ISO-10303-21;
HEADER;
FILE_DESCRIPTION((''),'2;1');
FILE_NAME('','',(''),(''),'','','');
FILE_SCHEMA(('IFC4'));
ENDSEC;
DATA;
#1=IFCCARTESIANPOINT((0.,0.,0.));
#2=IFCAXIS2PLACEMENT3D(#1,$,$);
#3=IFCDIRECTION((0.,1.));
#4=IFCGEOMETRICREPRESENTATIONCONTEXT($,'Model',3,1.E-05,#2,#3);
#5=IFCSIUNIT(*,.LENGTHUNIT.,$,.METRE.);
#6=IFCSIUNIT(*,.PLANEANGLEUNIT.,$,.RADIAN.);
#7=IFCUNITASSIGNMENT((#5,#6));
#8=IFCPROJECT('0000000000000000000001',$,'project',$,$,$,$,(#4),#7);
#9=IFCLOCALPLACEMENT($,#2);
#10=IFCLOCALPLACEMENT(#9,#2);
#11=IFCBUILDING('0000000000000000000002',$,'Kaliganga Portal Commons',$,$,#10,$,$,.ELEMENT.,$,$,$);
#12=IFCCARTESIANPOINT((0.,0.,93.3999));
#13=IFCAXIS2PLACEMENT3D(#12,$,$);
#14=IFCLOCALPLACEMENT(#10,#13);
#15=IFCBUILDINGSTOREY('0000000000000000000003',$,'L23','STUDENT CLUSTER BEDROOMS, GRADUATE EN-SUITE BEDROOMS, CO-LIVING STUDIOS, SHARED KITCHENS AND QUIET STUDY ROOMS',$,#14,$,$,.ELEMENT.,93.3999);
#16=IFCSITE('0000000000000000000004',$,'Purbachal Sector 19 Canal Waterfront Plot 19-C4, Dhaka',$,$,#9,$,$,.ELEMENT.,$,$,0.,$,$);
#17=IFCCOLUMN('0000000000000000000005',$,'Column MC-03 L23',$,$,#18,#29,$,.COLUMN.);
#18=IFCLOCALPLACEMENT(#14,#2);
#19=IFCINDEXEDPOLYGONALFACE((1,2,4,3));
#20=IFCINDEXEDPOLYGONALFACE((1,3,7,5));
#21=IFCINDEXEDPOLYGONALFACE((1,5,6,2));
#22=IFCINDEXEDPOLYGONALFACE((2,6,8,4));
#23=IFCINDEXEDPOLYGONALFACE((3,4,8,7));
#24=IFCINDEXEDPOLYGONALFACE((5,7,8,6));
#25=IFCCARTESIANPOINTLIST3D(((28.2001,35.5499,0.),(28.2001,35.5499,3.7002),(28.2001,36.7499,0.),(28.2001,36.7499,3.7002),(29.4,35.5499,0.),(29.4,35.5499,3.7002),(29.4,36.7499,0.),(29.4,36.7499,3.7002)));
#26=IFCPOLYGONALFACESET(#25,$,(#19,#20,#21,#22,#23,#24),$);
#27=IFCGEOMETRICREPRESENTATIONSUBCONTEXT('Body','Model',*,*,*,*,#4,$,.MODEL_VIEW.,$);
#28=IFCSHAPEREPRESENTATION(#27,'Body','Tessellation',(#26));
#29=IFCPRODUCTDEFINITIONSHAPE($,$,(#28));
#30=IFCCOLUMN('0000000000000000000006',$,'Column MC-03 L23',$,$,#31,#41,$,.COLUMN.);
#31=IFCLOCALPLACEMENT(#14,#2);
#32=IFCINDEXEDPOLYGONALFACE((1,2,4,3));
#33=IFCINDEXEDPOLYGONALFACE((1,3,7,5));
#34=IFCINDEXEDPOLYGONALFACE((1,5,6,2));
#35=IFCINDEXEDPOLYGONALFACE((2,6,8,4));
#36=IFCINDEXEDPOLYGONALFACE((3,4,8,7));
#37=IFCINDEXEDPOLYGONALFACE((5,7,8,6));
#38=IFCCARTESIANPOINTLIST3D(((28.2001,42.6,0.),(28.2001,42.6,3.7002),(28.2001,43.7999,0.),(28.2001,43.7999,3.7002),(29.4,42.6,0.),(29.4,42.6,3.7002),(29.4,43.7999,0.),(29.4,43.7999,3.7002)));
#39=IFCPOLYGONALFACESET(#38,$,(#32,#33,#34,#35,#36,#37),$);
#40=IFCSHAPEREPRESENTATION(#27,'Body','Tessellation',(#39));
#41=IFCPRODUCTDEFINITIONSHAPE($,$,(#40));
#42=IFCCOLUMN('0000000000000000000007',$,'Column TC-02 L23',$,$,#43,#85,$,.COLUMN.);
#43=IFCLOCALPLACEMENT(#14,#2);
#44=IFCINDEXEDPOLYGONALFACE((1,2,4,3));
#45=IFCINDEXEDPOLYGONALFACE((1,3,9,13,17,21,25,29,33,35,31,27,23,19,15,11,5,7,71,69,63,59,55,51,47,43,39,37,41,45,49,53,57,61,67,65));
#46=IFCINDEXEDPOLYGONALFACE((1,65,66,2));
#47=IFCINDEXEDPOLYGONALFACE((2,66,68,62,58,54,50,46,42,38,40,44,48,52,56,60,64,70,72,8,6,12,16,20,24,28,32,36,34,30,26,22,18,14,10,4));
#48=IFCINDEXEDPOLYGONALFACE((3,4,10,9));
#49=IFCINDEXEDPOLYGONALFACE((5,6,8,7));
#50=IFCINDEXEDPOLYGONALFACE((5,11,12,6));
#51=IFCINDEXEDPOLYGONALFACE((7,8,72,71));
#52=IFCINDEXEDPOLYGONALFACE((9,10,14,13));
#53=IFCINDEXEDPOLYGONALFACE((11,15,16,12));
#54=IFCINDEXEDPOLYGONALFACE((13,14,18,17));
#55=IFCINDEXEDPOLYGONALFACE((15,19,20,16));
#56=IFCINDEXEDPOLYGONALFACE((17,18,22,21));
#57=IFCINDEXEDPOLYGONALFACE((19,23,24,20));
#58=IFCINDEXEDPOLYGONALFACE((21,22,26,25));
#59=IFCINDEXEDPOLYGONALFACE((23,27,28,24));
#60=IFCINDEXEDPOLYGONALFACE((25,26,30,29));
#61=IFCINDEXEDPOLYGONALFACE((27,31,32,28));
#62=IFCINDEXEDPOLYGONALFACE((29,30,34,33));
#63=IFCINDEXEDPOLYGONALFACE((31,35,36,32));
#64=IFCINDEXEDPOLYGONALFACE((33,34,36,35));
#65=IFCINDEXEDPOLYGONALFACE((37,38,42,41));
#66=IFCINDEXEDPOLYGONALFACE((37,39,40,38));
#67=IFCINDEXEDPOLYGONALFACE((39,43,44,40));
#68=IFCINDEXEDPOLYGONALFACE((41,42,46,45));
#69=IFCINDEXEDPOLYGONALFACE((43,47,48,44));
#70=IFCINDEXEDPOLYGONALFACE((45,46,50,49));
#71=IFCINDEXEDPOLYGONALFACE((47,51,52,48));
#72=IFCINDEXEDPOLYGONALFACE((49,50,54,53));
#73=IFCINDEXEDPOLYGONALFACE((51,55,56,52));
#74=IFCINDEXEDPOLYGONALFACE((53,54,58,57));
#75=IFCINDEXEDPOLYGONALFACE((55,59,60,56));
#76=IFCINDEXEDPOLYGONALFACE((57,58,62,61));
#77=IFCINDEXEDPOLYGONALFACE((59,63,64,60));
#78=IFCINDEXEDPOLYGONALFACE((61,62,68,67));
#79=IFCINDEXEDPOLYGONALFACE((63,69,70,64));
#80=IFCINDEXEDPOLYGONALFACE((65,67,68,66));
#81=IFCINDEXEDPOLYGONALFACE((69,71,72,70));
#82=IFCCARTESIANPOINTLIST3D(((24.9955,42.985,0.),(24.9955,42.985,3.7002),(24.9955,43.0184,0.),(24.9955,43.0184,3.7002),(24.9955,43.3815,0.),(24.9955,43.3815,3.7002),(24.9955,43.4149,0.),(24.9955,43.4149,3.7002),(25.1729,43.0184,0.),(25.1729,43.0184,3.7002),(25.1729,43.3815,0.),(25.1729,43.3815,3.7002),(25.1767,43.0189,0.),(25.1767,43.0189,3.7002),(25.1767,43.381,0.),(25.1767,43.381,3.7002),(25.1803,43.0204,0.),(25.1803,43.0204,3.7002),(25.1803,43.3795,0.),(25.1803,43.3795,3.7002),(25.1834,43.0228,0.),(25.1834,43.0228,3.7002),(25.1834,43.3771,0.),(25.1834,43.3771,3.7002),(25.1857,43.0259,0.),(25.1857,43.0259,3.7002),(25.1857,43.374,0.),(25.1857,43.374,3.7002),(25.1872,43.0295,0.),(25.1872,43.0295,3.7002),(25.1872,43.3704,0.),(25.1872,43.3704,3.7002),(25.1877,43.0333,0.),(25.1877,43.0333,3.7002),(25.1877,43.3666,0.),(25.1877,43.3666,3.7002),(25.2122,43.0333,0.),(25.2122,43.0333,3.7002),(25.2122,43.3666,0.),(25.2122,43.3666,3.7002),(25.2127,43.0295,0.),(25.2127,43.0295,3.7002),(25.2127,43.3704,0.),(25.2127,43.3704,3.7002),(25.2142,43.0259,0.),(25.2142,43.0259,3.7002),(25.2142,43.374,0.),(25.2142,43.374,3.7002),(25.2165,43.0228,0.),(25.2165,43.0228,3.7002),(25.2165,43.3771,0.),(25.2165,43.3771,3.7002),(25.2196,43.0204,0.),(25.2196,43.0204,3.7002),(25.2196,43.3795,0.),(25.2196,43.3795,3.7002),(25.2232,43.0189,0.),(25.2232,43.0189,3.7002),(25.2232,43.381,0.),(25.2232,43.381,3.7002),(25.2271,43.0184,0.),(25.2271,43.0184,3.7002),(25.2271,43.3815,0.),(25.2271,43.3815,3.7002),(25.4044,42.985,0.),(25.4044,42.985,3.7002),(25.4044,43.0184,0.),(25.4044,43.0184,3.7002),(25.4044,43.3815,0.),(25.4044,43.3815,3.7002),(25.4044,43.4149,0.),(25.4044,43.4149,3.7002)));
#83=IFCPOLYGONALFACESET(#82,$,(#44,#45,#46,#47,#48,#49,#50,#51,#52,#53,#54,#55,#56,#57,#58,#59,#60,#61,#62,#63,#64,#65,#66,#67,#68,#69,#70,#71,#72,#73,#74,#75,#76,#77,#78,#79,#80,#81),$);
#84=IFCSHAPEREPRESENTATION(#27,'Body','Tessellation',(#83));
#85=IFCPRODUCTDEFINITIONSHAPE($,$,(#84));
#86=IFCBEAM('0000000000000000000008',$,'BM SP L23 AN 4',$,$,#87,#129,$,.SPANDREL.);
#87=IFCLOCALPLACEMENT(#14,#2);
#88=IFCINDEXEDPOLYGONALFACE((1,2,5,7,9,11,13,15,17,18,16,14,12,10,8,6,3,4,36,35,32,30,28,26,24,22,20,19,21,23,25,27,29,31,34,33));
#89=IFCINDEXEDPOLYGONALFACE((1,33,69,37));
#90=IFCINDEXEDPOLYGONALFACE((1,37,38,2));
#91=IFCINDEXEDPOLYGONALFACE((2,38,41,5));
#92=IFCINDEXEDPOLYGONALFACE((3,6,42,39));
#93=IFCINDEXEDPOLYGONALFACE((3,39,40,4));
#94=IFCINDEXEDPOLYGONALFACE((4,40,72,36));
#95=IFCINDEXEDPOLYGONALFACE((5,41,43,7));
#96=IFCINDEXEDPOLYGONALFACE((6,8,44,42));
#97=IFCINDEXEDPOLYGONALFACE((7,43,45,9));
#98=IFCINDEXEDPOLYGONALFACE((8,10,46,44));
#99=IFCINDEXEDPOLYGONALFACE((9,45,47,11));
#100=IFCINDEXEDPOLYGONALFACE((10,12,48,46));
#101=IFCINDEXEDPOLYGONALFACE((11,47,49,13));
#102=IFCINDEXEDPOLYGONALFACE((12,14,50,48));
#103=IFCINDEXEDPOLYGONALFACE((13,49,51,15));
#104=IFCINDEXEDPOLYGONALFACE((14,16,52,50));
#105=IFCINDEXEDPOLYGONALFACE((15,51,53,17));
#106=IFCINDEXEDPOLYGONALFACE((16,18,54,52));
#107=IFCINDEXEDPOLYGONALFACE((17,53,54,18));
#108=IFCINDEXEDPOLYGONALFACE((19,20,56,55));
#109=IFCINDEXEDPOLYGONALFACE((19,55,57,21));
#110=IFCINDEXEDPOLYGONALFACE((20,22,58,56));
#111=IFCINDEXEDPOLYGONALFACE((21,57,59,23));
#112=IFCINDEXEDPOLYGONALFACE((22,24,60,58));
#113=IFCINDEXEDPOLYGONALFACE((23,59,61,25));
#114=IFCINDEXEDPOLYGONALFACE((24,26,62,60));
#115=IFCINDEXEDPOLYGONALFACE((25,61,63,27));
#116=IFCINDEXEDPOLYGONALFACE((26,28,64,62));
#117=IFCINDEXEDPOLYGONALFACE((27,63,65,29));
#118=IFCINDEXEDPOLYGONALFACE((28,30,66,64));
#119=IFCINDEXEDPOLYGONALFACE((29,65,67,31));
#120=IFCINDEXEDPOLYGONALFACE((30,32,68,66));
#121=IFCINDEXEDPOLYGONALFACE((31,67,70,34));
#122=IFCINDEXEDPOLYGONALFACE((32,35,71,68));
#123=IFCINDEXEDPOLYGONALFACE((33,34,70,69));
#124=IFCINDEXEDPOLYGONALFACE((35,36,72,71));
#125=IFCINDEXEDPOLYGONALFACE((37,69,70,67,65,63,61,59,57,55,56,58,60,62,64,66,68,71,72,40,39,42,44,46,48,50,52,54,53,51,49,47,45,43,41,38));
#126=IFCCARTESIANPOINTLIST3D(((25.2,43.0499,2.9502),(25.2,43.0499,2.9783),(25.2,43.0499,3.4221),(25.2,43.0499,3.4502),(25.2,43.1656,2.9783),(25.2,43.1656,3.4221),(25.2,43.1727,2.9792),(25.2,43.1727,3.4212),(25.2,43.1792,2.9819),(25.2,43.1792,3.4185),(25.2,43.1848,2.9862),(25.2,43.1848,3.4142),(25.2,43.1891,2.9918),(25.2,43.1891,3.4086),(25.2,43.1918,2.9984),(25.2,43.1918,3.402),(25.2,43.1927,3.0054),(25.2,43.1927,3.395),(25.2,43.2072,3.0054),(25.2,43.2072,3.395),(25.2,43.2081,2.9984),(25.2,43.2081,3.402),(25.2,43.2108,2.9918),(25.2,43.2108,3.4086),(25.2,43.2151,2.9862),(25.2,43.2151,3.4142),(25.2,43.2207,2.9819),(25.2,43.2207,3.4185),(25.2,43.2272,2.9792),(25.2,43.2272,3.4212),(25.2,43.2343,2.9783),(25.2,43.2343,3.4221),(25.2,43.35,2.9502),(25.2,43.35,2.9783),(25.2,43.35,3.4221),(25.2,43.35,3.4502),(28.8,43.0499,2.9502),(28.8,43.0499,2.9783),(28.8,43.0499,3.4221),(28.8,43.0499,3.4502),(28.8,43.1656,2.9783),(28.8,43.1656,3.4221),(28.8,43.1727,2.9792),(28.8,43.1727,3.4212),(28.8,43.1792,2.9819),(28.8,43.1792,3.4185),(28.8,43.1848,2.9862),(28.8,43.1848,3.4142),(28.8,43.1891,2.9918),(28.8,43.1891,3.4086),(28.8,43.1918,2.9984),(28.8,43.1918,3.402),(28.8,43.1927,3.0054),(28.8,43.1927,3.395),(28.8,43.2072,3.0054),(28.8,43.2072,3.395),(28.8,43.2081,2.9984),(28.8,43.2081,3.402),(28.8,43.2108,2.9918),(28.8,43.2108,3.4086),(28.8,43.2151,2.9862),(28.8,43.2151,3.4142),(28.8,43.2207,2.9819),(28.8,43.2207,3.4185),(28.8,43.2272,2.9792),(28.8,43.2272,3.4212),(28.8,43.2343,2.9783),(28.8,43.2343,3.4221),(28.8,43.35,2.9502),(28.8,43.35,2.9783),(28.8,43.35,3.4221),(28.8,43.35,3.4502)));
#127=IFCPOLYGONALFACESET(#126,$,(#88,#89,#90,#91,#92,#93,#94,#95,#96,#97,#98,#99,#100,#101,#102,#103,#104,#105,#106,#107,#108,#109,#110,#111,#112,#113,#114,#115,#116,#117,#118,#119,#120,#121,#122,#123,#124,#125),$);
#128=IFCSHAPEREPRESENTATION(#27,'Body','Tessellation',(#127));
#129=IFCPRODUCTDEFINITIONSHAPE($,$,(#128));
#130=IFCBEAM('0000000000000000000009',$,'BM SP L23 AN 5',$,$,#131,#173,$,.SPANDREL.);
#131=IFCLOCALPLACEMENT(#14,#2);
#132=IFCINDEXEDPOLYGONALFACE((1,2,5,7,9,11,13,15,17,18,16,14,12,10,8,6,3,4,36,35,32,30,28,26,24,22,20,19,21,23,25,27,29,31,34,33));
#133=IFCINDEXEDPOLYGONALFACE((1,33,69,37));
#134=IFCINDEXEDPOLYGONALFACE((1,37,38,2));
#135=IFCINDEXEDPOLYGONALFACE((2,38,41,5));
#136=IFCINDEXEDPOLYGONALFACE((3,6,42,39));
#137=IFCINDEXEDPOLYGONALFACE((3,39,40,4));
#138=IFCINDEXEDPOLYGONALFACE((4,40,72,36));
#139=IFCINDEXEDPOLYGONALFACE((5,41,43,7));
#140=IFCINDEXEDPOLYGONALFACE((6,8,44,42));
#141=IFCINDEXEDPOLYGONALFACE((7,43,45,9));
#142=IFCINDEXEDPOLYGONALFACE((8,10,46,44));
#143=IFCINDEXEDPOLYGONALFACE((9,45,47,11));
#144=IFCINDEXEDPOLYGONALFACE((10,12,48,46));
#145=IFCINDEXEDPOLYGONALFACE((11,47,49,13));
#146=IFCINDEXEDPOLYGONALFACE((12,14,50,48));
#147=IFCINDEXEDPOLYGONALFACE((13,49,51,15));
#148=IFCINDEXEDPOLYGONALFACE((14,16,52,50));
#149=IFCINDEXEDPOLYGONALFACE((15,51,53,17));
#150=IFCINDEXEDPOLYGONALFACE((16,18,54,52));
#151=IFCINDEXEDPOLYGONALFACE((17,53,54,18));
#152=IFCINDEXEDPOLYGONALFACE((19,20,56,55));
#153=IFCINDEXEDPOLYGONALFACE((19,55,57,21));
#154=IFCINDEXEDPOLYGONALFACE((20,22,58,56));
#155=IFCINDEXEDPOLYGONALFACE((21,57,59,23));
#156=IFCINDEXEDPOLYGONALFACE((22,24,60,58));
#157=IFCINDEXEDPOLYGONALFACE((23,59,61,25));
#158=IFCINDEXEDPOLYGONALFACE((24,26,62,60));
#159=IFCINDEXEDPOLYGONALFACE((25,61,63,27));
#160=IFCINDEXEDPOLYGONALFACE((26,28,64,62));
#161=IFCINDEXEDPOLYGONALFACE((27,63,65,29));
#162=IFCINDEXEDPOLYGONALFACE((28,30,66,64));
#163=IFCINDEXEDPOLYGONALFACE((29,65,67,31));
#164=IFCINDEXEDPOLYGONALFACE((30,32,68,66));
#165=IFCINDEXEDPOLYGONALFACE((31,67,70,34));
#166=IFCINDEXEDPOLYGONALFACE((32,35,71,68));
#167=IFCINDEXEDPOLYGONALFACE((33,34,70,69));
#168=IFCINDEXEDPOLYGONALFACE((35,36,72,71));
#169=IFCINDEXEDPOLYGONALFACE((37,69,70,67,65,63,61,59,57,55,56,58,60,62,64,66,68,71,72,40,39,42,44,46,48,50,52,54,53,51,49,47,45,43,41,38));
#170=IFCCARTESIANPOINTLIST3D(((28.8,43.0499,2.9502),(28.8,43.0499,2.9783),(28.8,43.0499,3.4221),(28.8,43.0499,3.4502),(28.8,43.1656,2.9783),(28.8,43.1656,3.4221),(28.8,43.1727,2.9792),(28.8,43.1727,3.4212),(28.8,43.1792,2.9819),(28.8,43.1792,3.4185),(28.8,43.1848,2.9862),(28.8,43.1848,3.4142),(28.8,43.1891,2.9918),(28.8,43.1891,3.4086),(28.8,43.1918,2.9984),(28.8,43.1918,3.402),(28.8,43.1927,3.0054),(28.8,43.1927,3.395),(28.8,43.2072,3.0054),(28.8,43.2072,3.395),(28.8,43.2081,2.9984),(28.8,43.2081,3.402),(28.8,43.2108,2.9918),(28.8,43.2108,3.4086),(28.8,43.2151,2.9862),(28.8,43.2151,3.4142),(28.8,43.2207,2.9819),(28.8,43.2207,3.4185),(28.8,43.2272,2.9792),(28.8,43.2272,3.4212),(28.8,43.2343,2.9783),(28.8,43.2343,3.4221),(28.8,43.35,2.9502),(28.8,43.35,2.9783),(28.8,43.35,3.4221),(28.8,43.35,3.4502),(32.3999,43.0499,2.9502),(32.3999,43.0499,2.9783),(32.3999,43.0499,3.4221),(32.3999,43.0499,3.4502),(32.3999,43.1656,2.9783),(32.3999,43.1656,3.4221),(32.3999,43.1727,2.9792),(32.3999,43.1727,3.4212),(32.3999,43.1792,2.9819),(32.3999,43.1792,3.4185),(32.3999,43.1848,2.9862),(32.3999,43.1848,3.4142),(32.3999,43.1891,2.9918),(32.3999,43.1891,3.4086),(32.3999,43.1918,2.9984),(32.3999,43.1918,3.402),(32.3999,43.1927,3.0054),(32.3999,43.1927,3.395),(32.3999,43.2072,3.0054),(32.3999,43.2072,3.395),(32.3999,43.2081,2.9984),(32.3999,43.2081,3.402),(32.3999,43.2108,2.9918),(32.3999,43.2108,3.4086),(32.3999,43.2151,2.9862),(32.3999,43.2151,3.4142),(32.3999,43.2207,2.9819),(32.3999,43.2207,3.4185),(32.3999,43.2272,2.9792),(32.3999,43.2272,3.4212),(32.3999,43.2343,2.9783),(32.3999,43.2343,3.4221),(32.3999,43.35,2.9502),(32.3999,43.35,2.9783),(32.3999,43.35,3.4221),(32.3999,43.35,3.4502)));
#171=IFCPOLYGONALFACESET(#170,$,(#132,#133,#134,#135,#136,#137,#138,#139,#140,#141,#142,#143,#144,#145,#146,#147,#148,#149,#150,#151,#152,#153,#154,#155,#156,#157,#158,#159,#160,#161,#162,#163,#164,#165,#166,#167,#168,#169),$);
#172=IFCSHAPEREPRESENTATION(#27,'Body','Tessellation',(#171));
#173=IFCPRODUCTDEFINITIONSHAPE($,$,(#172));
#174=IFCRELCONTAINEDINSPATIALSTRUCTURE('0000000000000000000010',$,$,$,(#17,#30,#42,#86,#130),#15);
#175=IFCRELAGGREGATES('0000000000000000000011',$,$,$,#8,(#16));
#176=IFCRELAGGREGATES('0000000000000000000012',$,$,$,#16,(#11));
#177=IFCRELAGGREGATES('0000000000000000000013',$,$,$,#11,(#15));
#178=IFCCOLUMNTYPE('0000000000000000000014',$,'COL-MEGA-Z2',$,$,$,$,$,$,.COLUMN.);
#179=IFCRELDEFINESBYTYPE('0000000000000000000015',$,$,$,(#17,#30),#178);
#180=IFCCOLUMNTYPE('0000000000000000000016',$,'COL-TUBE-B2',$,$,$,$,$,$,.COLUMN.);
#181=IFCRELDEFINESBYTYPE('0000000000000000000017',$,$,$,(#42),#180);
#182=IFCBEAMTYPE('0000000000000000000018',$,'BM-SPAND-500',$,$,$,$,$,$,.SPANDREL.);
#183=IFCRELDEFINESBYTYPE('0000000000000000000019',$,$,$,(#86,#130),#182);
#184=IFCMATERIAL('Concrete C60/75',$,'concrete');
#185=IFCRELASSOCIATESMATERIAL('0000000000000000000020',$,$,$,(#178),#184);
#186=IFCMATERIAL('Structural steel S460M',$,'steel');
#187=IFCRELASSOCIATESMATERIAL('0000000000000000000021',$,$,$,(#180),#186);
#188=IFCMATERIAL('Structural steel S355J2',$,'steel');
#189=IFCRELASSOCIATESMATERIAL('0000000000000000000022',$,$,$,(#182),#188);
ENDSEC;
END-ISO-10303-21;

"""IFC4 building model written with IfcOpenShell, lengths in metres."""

from ifc_helpers import new_model, si_unit, direction, frame, origin, origin_2d, place, context, subcontext, project, spatial, rectangle, i_section, extrude, source, transform, mapped, material, material_profile, profile_set, type_object, element, save


model = new_model("IFC4")

# Units and contexts
model_context = context("Model", 3, precision=1e-05, world=origin(), true_north=direction((0.0, 1.0)))
body_context = subcontext(model_context, "Body", "Model", "MODEL_VIEW")
ifc_project = project(units=[si_unit("LENGTHUNIT", "METRE"), si_unit("PLANEANGLEUNIT", "RADIAN")], contexts=[model_context])

# Site, building, storey
site_placement = place(None, origin())
site = spatial("IfcSite", under=ifc_project, at=site_placement, Name="Purbachal Sector 19 Canal Waterfront Plot 19-C4, Dhaka", CompositionType="ELEMENT", RefElevation=0.0)
building_placement = place(site_placement, origin())
building = spatial("IfcBuilding", under=site, at=building_placement, Name="Kaliganga Portal Commons", CompositionType="ELEMENT")
storey_placement = place(building_placement, frame((0.0, 0.0, 93.3999)))
storey = spatial("IfcBuildingStorey", under=building, at=storey_placement, Name="L23", Description="STUDENT CLUSTER BEDROOMS, GRADUATE EN-SUITE BEDROOMS, CO-LIVING STUDIOS, SHARED KITCHENS AND QUIET STUDY ROOMS", CompositionType="ELEMENT", Elevation=93.3999)

# Columns
ifc_material_1 = material(Name="Concrete C60/75", Category="concrete")
ifc_material_profile_1 = material_profile(ifc_material_1, rectangle(XDim=1.2, YDim=1.2, at=origin_2d()), Name="RC 1200x1200")
ifc_profile_set_1 = profile_set([ifc_material_profile_1], Name="Concrete C60/75")
column_type_1 = type_object("IfcColumnType", Name="COL-MEGA-Z2", PredefinedType="COLUMN", material=ifc_profile_set_1)
shared_shape_1 = source(origin(), body_context, "Body", "SweptSolid", [
    extrude(rectangle(XDim=1.2, YDim=1.2, at=origin_2d()), origin(), (0.0, 0.0, 1.0), 3.7002),
])
for number, where, z_axis, x_axis, name in (
    (1, (28.8, 36.1499, 0.0), (0.0, 0.0, 1.0), (1.0, 0.0, 0.0), "Column MC-03 L23"),
    (2, (28.8, 43.2, 0.0), (0.0, 0.0, 1.0), (1.0, 0.0, 0.0), "Column MC-03 L23"),
):
    element("IfcColumn", number, at=place(storey_placement, frame(where, z_axis=z_axis, x_axis=x_axis)), inside=storey, type_object=column_type_1, Name=name, PredefinedType="COLUMN", context=body_context, shape_type="MappedRepresentation", body=[
        mapped(shared_shape_1, transform((0.0, 0.0, 0.0), x_axis=(1.0, 0.0, 0.0), y_axis=(0.0, 1.0, 0.0), z_axis=(0.0, 0.0, 1.0), scale=1.0)),
    ])
ifc_material_2 = material(Name="Structural steel S460M", Category="steel")
ifc_material_profile_2 = material_profile(ifc_material_2, i_section(OverallWidth=0.4089, OverallDepth=0.4299, WebThickness=0.0244, FlangeThickness=0.0334, FilletRadius=0.0149, at=origin_2d()), Name="HD 400x421")
ifc_profile_set_2 = profile_set([ifc_material_profile_2], Name="Structural steel S460M wide-flange")
column_type_2 = type_object("IfcColumnType", Name="COL-TUBE-B2", PredefinedType="COLUMN", material=ifc_profile_set_2)
shared_shape_2 = source(origin(), body_context, "Body", "SweptSolid", [
    extrude(i_section(OverallWidth=0.4089, OverallDepth=0.4299, WebThickness=0.0244, FlangeThickness=0.0334, FilletRadius=0.0149, at=origin_2d()), origin(), (0.0, 0.0, 1.0), 3.7002),
])
column_placement = place(storey_placement, frame((25.2, 43.2, 0.0), z_axis=(0.0, 0.0, 1.0), x_axis=(1.0, 0.0, 0.0)))
element("IfcColumn", 3, at=column_placement, inside=storey, type_object=column_type_2, Name="Column TC-02 L23", PredefinedType="COLUMN", context=body_context, shape_type="MappedRepresentation", body=[
    mapped(shared_shape_2, transform((0.0, 0.0, 0.0), x_axis=(1.0, 0.0, 0.0), y_axis=(0.0, 1.0, 0.0), z_axis=(0.0, 0.0, 1.0), scale=1.0)),
])

# Beams
ifc_material_3 = material(Name="Structural steel S355J2", Category="steel")
ifc_material_profile_3 = material_profile(ifc_material_3, i_section(OverallWidth=0.3, OverallDepth=0.5, WebThickness=0.0144, FlangeThickness=0.0281, FilletRadius=0.0271, at=origin_2d()), Name="HE 500 B")
ifc_profile_set_3 = profile_set([ifc_material_profile_3], Name="Structural steel S355J2 wide-flange")
beam_type_1 = type_object("IfcBeamType", Name="BM-SPAND-500", PredefinedType="SPANDREL", material=ifc_profile_set_3)
shared_shape_3 = source(origin(), body_context, "Body", "SweptSolid", [
    extrude(i_section(OverallWidth=0.3, OverallDepth=0.5, WebThickness=0.0144, FlangeThickness=0.0281, FilletRadius=0.0271, at=origin_2d()), origin(), (0.0, 0.0, 1.0), 3.6001),
])
beam_1_placement = place(storey_placement, frame((25.2, 43.2, 3.2002), z_axis=(1.0, 0.0, 0.0), x_axis=(0.0, 1.0, 0.0)))
element("IfcBeam", 4, at=beam_1_placement, inside=storey, type_object=beam_type_1, Name="BM SP L23 AN 4", PredefinedType="SPANDREL", context=body_context, shape_type="MappedRepresentation", body=[
    mapped(shared_shape_3, transform((0.0, 0.0, 0.0), x_axis=(1.0, 0.0, 0.0), y_axis=(0.0, 1.0, 0.0), z_axis=(0.0, 0.0, 1.0), scale=1.0)),
])
shared_shape_4 = source(origin(), body_context, "Body", "SweptSolid", [
    extrude(i_section(OverallWidth=0.3, OverallDepth=0.5, WebThickness=0.0144, FlangeThickness=0.0281, FilletRadius=0.0271, at=origin_2d()), origin(), (0.0, 0.0, 1.0), 3.5999),
])
beam_2_placement = place(storey_placement, frame((28.8, 43.2, 3.2002), z_axis=(1.0, 0.0, 0.0), x_axis=(0.0, 1.0, 0.0)))
element("IfcBeam", 5, at=beam_2_placement, inside=storey, type_object=beam_type_1, Name="BM SP L23 AN 5", PredefinedType="SPANDREL", context=body_context, shape_type="MappedRepresentation", body=[
    mapped(shared_shape_4, transform((0.0, 0.0, 0.0), x_axis=(1.0, 0.0, 0.0), y_axis=(0.0, 1.0, 0.0), z_axis=(0.0, 0.0, 1.0), scale=1.0)),
])

save(model, "model.ifc")
